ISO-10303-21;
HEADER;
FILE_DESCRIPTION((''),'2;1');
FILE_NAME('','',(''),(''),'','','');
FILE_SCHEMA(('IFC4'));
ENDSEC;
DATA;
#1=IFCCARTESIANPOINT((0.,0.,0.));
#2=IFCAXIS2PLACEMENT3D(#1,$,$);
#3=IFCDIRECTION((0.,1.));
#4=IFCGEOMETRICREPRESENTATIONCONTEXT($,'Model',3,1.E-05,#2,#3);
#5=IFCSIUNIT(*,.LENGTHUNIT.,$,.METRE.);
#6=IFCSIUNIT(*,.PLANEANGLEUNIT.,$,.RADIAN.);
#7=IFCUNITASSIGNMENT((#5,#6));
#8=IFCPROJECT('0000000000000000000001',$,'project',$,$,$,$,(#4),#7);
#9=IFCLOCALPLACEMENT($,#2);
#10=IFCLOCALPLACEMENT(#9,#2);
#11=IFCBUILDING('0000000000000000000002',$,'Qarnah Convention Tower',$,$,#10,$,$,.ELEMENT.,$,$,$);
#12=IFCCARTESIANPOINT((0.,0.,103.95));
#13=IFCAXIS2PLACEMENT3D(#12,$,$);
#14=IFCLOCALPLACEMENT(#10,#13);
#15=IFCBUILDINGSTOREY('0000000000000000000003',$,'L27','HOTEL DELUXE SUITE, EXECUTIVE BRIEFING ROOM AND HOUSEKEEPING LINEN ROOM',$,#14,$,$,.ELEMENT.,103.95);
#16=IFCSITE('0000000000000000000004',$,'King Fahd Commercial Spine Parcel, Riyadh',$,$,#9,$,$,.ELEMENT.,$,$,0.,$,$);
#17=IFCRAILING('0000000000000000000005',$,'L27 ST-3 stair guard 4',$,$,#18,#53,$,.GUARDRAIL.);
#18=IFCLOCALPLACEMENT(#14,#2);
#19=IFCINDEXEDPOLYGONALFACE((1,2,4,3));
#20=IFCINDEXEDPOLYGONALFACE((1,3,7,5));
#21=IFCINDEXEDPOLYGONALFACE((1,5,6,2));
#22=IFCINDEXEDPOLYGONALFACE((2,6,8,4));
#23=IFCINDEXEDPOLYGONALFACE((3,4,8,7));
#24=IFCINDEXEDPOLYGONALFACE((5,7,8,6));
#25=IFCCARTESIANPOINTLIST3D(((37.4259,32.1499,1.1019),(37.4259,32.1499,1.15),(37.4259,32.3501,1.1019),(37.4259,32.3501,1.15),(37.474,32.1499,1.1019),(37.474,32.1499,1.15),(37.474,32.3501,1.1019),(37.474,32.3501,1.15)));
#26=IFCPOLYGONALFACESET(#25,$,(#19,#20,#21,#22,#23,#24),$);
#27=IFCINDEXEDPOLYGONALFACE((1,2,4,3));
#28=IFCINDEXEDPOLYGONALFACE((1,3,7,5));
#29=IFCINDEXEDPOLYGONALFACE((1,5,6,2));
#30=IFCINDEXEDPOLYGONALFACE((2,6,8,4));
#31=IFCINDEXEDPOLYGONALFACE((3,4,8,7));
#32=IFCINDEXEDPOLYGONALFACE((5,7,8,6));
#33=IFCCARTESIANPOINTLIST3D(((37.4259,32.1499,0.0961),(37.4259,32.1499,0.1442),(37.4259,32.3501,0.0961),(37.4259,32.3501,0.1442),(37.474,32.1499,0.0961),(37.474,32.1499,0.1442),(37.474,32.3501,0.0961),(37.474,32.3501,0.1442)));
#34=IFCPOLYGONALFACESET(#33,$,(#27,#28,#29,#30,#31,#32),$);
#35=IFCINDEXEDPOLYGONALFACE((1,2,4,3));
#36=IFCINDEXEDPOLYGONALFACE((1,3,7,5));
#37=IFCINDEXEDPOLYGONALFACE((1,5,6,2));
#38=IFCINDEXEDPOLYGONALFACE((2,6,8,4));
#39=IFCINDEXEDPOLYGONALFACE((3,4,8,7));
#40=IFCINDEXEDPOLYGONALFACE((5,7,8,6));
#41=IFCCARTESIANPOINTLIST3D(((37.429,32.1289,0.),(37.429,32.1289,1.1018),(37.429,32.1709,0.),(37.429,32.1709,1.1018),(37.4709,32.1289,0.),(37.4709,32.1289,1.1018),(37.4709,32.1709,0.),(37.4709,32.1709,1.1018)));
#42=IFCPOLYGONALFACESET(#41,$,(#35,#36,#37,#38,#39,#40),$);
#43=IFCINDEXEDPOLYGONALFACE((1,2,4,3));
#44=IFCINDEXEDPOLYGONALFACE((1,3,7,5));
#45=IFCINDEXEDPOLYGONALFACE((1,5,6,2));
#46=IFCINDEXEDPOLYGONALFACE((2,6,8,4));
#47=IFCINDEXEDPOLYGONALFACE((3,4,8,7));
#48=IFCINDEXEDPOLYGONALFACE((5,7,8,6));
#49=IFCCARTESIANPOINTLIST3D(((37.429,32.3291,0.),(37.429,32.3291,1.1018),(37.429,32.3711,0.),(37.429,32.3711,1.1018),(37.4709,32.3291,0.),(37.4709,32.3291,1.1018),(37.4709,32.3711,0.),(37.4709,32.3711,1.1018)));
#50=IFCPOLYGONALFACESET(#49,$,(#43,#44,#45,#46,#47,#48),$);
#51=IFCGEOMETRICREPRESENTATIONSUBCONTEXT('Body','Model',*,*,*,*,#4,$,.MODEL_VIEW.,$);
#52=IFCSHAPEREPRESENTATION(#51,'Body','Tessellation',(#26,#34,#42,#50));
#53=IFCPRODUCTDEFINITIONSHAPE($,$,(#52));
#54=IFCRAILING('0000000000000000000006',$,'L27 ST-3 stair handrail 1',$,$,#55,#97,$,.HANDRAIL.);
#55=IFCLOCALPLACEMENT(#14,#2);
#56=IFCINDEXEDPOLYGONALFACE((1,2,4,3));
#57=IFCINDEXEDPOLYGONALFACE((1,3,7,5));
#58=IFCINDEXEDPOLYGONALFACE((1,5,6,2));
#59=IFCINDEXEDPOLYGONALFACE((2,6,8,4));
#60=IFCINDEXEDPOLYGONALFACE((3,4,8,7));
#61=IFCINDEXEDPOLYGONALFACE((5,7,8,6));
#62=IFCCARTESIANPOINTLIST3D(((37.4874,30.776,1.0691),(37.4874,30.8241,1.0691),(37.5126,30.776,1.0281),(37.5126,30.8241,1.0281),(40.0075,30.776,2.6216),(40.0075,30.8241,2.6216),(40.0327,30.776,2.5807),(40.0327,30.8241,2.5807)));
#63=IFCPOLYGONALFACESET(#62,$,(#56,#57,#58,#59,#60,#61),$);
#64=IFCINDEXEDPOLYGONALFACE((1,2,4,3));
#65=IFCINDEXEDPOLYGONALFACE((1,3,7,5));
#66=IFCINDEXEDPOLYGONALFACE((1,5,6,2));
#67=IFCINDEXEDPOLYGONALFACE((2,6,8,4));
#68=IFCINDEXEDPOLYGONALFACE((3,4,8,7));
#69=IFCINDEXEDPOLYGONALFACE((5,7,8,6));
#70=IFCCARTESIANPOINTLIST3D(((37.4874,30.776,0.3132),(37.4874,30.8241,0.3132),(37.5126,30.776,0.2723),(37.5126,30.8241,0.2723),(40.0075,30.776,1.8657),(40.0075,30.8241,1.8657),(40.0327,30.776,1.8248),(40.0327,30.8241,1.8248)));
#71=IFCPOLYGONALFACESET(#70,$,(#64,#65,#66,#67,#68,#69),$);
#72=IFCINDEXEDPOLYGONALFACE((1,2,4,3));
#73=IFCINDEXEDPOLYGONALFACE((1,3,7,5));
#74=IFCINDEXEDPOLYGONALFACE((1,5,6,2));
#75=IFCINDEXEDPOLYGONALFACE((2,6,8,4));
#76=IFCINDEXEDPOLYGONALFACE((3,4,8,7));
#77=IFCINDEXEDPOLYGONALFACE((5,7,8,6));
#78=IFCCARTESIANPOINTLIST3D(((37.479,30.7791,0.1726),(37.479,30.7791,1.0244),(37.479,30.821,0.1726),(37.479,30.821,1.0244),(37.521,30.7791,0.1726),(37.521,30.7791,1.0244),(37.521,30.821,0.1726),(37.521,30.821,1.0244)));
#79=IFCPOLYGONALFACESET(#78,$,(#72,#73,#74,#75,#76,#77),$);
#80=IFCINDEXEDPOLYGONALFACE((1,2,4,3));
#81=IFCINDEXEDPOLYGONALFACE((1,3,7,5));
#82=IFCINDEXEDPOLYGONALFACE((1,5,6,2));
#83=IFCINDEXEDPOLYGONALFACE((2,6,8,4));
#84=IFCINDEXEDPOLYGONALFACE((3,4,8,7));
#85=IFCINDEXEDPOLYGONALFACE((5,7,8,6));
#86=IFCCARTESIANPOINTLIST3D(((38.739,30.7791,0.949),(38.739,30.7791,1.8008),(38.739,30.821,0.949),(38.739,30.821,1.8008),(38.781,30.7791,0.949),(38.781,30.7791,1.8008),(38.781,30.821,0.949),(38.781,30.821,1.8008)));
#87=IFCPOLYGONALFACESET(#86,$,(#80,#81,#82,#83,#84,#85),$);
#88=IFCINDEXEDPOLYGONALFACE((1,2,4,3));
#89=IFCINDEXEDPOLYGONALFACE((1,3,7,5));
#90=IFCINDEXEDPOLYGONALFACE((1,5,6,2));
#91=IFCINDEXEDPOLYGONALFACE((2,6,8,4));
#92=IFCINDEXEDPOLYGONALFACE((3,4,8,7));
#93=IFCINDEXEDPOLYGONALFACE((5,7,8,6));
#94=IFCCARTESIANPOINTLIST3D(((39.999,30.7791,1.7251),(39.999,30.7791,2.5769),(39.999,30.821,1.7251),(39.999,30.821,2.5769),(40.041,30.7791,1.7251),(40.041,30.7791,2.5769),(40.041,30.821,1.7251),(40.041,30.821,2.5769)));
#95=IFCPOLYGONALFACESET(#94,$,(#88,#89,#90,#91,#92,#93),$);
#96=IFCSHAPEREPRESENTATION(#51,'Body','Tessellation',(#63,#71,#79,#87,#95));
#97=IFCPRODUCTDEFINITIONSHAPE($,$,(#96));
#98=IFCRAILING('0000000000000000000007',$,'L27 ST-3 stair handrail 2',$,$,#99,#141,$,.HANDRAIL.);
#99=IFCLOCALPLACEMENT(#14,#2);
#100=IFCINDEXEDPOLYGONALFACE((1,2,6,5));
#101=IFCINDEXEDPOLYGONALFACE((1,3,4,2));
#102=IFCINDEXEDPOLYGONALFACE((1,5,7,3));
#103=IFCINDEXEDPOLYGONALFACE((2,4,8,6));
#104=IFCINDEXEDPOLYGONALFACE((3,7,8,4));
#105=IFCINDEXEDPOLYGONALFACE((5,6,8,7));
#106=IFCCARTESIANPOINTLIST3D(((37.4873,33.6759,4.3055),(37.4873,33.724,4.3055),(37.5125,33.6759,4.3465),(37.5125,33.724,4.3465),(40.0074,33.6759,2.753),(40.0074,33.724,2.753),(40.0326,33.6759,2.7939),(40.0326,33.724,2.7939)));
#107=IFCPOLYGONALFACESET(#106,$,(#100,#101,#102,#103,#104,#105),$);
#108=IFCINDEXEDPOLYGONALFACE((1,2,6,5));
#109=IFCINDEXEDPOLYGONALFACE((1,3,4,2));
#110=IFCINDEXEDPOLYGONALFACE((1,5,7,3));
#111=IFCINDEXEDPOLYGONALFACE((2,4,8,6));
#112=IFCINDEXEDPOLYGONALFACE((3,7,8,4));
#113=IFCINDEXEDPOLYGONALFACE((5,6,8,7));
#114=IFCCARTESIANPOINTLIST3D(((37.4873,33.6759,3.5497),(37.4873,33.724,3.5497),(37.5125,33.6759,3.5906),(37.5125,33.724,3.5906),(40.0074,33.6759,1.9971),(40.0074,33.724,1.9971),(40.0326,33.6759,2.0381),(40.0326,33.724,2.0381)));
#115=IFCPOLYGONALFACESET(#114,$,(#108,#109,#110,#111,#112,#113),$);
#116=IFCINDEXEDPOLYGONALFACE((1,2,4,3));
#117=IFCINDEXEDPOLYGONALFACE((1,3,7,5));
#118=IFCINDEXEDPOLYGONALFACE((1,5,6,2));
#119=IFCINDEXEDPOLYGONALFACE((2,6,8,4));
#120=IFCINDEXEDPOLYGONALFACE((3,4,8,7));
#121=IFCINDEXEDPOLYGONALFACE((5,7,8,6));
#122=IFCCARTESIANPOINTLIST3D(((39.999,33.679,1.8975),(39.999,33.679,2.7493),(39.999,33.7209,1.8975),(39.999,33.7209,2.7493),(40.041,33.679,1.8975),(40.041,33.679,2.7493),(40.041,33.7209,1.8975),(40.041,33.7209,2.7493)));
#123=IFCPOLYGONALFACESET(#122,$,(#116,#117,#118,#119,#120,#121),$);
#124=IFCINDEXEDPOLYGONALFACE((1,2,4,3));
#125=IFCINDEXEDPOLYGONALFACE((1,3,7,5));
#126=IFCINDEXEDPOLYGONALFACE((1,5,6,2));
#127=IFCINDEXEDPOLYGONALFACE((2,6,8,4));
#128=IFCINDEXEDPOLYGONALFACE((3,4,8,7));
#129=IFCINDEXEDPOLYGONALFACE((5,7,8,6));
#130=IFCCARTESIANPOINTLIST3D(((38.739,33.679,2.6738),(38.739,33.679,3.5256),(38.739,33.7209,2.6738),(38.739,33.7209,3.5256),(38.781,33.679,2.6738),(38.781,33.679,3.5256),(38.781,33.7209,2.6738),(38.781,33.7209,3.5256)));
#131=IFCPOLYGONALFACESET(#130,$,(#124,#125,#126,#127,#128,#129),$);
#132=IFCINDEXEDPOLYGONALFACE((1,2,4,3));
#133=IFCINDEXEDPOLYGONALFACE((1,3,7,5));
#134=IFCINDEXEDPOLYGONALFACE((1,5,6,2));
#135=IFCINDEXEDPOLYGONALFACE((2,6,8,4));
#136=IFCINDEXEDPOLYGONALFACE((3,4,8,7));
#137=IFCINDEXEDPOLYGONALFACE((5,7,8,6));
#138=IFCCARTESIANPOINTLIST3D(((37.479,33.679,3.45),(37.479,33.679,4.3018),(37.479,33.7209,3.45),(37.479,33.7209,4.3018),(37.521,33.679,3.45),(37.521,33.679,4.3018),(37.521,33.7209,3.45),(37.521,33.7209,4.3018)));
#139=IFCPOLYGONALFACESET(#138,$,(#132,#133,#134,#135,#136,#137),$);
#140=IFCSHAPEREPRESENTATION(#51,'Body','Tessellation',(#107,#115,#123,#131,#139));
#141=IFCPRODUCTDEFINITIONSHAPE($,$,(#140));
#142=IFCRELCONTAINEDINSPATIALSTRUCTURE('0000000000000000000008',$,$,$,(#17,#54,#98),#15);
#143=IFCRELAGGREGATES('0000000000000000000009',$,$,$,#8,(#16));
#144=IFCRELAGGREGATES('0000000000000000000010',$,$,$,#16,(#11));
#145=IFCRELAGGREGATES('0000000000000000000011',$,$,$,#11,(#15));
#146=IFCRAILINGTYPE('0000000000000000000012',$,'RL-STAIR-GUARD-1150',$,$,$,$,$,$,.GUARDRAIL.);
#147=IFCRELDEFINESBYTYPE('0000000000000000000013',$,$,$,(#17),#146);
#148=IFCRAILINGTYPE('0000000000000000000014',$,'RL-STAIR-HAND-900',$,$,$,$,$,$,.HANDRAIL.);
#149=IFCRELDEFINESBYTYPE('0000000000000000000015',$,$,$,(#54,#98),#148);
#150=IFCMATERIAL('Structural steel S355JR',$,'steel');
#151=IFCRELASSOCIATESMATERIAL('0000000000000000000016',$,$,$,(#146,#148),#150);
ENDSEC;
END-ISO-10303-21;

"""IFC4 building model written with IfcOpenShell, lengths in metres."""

from ifc_helpers import new_model, si_unit, direction, frame, origin, origin_2d, place, context, subcontext, project, spatial, rectangle, extrude, material, type_object, element, save


model = new_model("IFC4")

# Units and contexts
model_context = context("Model", 3, precision=1e-05, world=origin(), true_north=direction((0.0, 1.0)))
body_context = subcontext(model_context, "Body", "Model", "MODEL_VIEW")
ifc_project = project(units=[si_unit("LENGTHUNIT", "METRE"), si_unit("PLANEANGLEUNIT", "RADIAN")], contexts=[model_context])

# Site, building, storey
site_placement = place(None, origin())
site = spatial("IfcSite", under=ifc_project, at=site_placement, Name="King Fahd Commercial Spine Parcel, Riyadh", CompositionType="ELEMENT", RefElevation=0.0)
building_placement = place(site_placement, origin())
building = spatial("IfcBuilding", under=site, at=building_placement, Name="Qarnah Convention Tower", CompositionType="ELEMENT")
storey_placement = place(building_placement, frame((0.0, 0.0, 103.95)))
storey = spatial("IfcBuildingStorey", under=building, at=storey_placement, Name="L27", Description="HOTEL DELUXE SUITE, EXECUTIVE BRIEFING ROOM AND HOUSEKEEPING LINEN ROOM", CompositionType="ELEMENT", Elevation=103.95)

# Shared definitions
ifc_material_1 = material(Name="Structural steel S355JR", Category="steel")

# Railings
railing_type_1 = type_object("IfcRailingType", Name="RL-STAIR-GUARD-1150", PredefinedType="GUARDRAIL", material=ifc_material_1)
railing_1_placement = place(storey_placement, frame((37.45, 32.1499, 0.0)))
element("IfcRailing", 1, at=railing_1_placement, inside=storey, type_object=railing_type_1, Name="L27 ST-3 stair guard 4", PredefinedType="GUARDRAIL", context=body_context, shape_type="SweptSolid", body=[
    extrude(rectangle(XDim=0.0481, YDim=0.0481, at=origin_2d()), frame((0.0, 0.0, 1.126), z_axis=(0.0, 1.0, 0.0), x_axis=(-1.0, 0.0, 0.0)), (0.0, 0.0, 1.0), 0.2002),
    extrude(rectangle(XDim=0.0481, YDim=0.0481, at=origin_2d()), frame((0.0, 0.0, 0.1201), z_axis=(0.0, 1.0, 0.0), x_axis=(-1.0, 0.0, 0.0)), (0.0, 0.0, 1.0), 0.2002),
    extrude(rectangle(XDim=0.042, YDim=0.042, at=origin_2d()), origin(), (0.0, 0.0, 1.0), 1.1018),
    extrude(rectangle(XDim=0.042, YDim=0.042, at=origin_2d()), frame((0.0, 0.2002, 0.0)), (0.0, 0.0, 1.0), 1.1018),
])
railing_type_2 = type_object("IfcRailingType", Name="RL-STAIR-HAND-900", PredefinedType="HANDRAIL", material=ifc_material_1)
railing_2_placement = place(storey_placement, frame((37.5, 30.8, 0.1726)))
element("IfcRailing", 2, at=railing_2_placement, inside=storey, type_object=railing_type_2, Name="L27 ST-3 stair handrail 1", PredefinedType="HANDRAIL", context=body_context, shape_type="SweptSolid", body=[
    extrude(rectangle(XDim=0.0481, YDim=0.0481, at=origin_2d()), frame((0.0, 0.0, 0.876), z_axis=(0.8514, 0.0, 0.524516), x_axis=(0.0, 1.0, 0.0)), (0.0, 0.0, 1.0), 2.96),
    extrude(rectangle(XDim=0.0481, YDim=0.0481, at=origin_2d()), frame((0.0, 0.0, 0.1201), z_axis=(0.8514, 0.0, 0.524516), x_axis=(0.0, 1.0, 0.0)), (0.0, 0.0, 1.0), 2.96),
    extrude(rectangle(XDim=0.042, YDim=0.042, at=origin_2d()), origin(), (0.0, 0.0, 1.0), 0.8518),
    extrude(rectangle(XDim=0.042, YDim=0.042, at=origin_2d()), frame((1.26, 0.0, 0.7764)), (0.0, 0.0, 1.0), 0.8518),
    extrude(rectangle(XDim=0.042, YDim=0.042, at=origin_2d()), frame((2.52, 0.0, 1.5525)), (0.0, 0.0, 1.0), 0.8518),
])
railing_3_placement = place(storey_placement, frame((40.02, 33.7, 1.8975)))
element("IfcRailing", 3, at=railing_3_placement, inside=storey, type_object=railing_type_2, Name="L27 ST-3 stair handrail 2", PredefinedType="HANDRAIL", context=body_context, shape_type="SweptSolid", body=[
    extrude(rectangle(XDim=0.0481, YDim=0.0481, at=origin_2d()), frame((0.0, 0.0, 0.876), z_axis=(-0.8514, 0.0, 0.524516), x_axis=(0.0, -1.0, 0.0)), (0.0, 0.0, 1.0), 2.96),
    extrude(rectangle(XDim=0.0481, YDim=0.0481, at=origin_2d()), frame((0.0, 0.0, 0.1201), z_axis=(-0.8514, 0.0, 0.524516), x_axis=(0.0, -1.0, 0.0)), (0.0, 0.0, 1.0), 2.96),
    extrude(rectangle(XDim=0.042, YDim=0.042, at=origin_2d()), origin(), (0.0, 0.0, 1.0), 0.8518),
    extrude(rectangle(XDim=0.042, YDim=0.042, at=origin_2d()), frame((-1.26, 0.0, 0.7764)), (0.0, 0.0, 1.0), 0.8518),
    extrude(rectangle(XDim=0.042, YDim=0.042, at=origin_2d()), frame((-2.52, 0.0, 1.5525)), (0.0, 0.0, 1.0), 0.8518),
])

save(model, "model.ifc")
